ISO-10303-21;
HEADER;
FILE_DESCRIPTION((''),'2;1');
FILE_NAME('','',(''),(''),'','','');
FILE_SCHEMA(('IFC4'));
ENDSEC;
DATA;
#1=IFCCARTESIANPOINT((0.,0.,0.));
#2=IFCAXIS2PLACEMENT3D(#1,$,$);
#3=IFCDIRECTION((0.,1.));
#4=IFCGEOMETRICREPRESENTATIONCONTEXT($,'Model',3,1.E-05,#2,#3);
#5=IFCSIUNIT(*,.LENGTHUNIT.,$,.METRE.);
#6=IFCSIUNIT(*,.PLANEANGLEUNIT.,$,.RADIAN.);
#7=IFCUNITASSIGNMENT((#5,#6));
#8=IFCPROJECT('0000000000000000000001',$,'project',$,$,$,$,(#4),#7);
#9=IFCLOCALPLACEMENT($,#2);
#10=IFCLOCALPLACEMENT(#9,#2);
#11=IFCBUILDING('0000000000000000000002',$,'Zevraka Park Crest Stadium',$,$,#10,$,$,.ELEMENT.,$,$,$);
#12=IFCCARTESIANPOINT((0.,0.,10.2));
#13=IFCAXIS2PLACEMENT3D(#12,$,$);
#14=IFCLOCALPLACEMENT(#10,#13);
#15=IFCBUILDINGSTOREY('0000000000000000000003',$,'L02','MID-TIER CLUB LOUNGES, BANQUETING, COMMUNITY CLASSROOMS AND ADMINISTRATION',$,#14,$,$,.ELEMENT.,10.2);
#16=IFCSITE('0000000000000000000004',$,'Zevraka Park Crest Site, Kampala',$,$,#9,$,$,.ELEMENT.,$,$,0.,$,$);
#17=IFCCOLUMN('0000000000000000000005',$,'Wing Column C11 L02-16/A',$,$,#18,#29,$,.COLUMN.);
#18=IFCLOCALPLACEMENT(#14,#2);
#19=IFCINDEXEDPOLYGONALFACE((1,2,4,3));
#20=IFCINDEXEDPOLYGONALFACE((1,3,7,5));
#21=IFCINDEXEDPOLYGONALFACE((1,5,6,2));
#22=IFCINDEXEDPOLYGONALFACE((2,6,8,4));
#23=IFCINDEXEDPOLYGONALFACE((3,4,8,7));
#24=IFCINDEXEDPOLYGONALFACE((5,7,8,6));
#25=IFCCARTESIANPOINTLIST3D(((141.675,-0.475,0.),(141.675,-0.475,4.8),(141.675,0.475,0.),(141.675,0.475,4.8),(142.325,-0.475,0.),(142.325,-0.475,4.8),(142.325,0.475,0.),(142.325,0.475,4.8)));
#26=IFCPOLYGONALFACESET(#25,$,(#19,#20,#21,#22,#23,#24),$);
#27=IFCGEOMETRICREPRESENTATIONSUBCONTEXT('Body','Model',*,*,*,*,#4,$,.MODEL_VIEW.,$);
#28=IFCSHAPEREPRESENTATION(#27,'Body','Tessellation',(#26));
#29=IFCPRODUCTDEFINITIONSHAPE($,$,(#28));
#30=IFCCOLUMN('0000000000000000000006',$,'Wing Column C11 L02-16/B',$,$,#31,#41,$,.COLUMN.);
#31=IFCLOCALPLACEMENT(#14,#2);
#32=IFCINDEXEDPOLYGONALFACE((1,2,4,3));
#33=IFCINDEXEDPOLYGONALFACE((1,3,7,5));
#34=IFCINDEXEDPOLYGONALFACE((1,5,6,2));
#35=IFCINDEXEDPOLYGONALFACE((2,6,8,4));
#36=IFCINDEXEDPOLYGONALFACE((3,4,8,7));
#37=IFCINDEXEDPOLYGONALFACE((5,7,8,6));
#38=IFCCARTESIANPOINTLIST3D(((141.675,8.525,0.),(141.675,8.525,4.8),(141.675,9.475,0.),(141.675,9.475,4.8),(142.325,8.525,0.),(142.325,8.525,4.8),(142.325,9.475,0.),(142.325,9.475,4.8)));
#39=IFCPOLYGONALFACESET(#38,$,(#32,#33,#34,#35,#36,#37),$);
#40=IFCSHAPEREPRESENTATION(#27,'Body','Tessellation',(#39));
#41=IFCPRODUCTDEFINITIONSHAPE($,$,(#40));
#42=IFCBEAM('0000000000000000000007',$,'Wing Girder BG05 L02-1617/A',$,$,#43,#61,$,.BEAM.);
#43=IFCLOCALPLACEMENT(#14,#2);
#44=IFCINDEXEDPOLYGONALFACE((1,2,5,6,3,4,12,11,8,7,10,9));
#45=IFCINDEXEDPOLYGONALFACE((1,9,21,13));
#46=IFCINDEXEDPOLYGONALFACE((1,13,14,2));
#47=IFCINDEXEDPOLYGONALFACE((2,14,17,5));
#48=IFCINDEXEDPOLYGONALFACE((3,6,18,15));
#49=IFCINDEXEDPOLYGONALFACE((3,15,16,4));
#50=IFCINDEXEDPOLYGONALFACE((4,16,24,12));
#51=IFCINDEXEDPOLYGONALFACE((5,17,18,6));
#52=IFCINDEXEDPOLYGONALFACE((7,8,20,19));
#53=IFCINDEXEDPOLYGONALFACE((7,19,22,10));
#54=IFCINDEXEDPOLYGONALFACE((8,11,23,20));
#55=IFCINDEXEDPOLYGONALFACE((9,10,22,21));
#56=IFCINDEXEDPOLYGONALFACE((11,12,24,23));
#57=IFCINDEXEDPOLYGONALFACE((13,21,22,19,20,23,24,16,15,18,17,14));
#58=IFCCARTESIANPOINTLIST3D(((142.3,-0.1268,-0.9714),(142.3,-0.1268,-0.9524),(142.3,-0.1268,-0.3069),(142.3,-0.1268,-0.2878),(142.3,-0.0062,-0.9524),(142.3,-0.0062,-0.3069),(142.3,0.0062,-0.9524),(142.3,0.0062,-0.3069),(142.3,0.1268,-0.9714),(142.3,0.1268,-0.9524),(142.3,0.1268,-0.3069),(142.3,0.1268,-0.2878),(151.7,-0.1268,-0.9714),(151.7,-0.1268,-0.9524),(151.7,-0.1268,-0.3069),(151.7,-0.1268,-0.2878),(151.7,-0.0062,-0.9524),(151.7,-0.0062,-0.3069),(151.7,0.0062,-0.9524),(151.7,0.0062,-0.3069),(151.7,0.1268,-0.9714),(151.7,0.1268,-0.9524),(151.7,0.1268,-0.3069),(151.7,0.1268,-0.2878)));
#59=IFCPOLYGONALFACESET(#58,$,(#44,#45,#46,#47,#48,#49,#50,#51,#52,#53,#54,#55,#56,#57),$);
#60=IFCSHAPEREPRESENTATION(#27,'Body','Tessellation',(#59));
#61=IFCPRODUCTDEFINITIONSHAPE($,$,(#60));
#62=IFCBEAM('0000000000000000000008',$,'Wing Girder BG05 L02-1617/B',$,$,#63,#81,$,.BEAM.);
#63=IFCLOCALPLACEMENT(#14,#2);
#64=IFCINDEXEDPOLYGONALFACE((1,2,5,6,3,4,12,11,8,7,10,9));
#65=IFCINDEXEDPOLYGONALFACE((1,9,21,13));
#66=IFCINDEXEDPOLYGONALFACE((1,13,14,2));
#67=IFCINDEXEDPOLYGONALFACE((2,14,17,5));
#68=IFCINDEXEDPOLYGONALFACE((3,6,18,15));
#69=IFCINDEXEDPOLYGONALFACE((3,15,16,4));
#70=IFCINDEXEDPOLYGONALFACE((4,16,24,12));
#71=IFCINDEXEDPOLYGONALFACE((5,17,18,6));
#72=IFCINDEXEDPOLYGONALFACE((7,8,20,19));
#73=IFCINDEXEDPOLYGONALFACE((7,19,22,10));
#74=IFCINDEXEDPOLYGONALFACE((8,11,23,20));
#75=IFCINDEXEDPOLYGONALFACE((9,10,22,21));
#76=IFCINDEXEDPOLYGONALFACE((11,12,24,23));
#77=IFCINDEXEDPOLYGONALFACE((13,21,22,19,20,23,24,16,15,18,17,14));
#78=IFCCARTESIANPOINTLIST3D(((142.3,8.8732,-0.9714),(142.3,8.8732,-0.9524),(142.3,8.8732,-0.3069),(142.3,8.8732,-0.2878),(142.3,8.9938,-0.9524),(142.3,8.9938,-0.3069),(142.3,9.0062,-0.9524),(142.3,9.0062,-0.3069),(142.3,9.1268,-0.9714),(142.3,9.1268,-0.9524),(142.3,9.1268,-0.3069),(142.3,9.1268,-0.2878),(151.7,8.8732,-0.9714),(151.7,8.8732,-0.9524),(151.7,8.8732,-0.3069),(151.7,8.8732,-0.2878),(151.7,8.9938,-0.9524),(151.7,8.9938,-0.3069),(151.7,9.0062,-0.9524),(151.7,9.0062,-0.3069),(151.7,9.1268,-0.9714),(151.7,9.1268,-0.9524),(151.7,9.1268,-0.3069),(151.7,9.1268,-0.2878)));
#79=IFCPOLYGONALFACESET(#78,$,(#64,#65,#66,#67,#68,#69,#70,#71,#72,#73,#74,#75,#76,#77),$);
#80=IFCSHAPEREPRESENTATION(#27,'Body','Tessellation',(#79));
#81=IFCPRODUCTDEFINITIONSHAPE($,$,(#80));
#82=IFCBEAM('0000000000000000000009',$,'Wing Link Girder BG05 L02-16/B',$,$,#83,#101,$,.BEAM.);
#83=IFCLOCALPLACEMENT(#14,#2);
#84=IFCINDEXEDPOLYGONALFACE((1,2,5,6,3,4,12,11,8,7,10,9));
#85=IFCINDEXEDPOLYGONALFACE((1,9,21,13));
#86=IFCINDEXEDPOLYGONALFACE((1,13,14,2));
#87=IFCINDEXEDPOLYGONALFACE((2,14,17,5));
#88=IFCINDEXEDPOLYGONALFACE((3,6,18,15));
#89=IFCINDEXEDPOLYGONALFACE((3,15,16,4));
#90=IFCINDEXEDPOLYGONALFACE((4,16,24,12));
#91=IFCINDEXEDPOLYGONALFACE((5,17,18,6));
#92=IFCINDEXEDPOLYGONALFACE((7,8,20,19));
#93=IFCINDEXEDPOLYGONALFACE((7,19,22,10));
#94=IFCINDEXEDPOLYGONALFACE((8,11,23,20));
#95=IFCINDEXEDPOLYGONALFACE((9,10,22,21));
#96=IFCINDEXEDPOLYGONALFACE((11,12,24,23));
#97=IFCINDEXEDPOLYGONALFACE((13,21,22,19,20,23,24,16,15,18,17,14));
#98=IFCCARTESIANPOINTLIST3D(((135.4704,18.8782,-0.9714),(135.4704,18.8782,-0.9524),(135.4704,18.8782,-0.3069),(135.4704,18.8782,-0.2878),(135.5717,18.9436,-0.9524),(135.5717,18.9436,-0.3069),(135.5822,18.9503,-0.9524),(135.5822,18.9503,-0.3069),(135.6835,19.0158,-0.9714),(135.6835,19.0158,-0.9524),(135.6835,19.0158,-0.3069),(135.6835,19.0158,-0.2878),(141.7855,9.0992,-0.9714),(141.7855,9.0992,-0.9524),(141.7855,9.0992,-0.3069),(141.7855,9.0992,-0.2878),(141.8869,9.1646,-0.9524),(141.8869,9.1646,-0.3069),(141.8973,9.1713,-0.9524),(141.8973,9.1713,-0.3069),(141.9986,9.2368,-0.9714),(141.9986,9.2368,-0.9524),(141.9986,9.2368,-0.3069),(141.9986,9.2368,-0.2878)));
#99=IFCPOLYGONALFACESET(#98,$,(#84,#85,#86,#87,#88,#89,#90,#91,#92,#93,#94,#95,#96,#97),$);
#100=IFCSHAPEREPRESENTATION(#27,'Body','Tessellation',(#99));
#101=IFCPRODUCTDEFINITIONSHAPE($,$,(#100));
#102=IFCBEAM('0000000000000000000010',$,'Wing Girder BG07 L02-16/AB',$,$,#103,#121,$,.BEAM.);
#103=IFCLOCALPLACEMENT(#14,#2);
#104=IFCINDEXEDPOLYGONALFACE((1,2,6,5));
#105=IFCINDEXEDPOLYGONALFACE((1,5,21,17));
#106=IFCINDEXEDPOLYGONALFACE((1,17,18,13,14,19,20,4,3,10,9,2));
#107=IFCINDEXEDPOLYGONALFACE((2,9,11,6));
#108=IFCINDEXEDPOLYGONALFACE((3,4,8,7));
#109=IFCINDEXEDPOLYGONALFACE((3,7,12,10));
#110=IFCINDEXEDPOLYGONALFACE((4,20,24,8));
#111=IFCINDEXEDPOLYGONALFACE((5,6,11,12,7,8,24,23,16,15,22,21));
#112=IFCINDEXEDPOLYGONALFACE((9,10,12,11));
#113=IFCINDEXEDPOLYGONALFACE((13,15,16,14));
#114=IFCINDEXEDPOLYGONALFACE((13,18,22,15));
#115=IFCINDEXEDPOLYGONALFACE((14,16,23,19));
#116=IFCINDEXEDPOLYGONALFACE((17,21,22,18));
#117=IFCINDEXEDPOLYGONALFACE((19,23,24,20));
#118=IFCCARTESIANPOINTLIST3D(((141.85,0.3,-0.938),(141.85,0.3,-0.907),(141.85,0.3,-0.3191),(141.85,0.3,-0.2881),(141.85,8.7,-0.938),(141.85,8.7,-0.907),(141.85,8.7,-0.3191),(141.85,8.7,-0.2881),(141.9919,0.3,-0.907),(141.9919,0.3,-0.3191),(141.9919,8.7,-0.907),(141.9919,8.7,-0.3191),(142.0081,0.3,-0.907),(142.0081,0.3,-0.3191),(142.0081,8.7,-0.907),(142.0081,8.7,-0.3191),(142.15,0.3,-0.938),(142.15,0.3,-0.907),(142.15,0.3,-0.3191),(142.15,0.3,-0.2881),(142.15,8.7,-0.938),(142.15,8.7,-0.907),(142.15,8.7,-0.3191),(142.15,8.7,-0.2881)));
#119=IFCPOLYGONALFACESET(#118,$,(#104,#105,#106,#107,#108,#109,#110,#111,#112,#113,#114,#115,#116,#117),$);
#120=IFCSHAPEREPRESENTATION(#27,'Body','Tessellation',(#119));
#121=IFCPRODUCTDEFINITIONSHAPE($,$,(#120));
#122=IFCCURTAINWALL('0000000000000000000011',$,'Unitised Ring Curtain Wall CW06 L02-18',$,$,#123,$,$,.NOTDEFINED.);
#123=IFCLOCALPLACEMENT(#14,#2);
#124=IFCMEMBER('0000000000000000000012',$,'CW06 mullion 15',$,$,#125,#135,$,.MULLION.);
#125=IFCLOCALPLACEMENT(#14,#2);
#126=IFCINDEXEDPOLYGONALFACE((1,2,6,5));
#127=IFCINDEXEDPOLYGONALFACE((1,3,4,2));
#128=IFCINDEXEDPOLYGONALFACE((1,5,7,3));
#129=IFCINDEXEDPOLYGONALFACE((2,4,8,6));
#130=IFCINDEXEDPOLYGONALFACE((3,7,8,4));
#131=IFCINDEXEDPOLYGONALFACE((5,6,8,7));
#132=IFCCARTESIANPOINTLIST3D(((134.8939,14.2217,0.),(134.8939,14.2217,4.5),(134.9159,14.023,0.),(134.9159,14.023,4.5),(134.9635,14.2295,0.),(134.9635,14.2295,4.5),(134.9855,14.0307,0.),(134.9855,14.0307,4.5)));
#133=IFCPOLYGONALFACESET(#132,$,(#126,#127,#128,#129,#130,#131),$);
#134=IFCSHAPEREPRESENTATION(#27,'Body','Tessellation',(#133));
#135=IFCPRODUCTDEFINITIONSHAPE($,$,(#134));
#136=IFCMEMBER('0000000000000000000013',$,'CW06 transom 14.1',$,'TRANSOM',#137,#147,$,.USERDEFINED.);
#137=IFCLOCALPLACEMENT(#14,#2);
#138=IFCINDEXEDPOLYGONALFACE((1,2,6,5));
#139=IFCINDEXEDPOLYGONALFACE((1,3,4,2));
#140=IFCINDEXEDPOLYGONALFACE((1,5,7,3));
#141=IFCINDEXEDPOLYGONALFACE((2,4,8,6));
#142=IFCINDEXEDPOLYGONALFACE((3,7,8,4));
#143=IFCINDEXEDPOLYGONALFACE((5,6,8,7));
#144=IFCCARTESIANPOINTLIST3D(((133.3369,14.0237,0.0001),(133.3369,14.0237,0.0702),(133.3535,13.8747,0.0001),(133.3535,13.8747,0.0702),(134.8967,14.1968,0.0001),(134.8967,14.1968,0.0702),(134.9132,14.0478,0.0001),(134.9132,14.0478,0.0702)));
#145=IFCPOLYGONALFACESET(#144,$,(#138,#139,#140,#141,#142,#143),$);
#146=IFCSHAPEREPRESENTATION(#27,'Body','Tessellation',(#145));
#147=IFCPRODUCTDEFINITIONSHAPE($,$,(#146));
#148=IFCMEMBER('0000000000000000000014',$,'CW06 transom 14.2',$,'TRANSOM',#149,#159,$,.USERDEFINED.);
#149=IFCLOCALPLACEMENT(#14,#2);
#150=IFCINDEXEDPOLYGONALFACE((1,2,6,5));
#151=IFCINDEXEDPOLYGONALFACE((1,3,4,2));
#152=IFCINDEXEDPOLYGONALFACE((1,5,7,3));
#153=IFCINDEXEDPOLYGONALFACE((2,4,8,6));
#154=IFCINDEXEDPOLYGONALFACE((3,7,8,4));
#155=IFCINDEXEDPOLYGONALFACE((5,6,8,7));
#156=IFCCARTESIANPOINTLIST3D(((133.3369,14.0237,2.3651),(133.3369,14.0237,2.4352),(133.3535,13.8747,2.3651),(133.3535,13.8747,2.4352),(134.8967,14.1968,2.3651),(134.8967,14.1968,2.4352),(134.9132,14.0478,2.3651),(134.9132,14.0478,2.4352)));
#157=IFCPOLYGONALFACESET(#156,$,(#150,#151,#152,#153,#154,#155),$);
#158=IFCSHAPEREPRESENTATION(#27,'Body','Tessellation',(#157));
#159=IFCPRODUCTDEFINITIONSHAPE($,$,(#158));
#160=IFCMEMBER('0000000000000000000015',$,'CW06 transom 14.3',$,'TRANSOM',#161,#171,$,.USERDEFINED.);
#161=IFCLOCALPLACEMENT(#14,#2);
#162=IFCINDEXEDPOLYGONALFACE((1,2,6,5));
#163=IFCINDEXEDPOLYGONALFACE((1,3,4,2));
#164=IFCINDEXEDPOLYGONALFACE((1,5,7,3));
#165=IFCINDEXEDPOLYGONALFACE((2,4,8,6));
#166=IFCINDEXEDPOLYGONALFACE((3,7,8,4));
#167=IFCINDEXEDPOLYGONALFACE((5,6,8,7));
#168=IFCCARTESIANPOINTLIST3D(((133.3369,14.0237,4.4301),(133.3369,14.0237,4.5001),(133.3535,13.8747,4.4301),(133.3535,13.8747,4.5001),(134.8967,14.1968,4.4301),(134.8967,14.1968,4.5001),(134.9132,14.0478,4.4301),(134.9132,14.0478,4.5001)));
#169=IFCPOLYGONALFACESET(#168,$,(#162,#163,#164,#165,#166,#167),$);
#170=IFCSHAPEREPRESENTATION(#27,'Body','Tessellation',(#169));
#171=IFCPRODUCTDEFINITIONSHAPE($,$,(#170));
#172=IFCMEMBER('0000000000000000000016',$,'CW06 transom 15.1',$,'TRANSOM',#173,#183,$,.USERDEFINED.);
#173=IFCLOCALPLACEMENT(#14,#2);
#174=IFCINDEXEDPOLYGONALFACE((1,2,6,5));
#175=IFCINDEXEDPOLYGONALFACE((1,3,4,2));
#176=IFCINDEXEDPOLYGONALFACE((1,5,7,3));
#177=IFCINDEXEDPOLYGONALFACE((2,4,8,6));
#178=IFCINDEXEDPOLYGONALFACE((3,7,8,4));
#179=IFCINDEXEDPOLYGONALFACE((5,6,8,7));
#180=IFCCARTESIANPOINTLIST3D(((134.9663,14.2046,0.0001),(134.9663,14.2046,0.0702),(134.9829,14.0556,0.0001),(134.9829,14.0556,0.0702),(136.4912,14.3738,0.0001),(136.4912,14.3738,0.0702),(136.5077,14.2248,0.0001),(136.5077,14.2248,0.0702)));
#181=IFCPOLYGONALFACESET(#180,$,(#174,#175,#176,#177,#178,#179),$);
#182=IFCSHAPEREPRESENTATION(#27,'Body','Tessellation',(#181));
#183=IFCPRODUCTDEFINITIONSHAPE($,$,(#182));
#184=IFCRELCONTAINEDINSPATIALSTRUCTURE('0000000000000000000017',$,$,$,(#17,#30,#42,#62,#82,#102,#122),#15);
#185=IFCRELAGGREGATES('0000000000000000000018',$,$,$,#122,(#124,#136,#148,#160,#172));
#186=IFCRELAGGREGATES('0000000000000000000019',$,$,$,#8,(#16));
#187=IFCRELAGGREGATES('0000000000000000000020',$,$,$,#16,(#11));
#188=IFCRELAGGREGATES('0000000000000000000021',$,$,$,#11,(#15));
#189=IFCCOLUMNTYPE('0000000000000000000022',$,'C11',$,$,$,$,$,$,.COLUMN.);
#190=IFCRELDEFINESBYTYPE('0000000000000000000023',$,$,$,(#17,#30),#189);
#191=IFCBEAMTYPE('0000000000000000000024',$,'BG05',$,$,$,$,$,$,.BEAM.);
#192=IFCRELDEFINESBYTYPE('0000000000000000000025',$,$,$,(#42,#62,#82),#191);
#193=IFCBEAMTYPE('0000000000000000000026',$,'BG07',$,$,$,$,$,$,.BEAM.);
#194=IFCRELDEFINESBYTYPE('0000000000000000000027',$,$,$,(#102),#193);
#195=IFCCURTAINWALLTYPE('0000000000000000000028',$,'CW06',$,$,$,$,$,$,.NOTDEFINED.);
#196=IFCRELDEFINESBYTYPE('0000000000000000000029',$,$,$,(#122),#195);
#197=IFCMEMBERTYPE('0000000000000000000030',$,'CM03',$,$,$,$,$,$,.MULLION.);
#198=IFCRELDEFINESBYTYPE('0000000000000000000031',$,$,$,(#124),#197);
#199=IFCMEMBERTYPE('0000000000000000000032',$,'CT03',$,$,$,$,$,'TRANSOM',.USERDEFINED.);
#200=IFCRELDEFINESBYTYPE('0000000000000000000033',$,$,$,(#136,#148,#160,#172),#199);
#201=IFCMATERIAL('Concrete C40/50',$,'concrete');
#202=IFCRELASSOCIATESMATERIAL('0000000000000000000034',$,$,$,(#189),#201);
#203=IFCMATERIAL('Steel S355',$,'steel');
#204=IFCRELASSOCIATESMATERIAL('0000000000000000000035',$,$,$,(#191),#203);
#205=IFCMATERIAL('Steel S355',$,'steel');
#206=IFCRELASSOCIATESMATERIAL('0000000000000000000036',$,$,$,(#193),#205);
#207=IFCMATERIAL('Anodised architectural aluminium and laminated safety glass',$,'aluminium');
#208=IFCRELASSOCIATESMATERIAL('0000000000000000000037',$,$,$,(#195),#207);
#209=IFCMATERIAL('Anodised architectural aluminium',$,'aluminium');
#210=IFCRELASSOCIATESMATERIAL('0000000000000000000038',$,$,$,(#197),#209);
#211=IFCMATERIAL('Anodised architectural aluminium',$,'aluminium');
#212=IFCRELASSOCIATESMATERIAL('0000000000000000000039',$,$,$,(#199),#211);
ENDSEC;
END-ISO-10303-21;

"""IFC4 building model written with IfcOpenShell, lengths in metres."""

from ifc_helpers import new_model, si_unit, direction, frame, origin, origin_2d, place, context, subcontext, project, spatial, rectangle, i_section, extrude, material, material_profile, profile_set, type_object, element, aggregate, save


model = new_model("IFC4")

# Units and contexts
model_context = context("Model", 3, precision=1e-05, world=origin(), true_north=direction((0.0, 1.0)))
body_context = subcontext(model_context, "Body", "Model", "MODEL_VIEW")
ifc_project = project(units=[si_unit("LENGTHUNIT", "METRE"), si_unit("PLANEANGLEUNIT", "RADIAN")], contexts=[model_context])

# Site, building, storey
site_placement = place(None, origin())
site = spatial("IfcSite", under=ifc_project, at=site_placement, Name="Zevraka Park Crest Site, Kampala", CompositionType="ELEMENT", RefElevation=0.0)
building_placement = place(site_placement, origin())
building = spatial("IfcBuilding", under=site, at=building_placement, Name="Zevraka Park Crest Stadium", CompositionType="ELEMENT")
storey_placement = place(building_placement, frame((0.0, 0.0, 10.2)))
storey = spatial("IfcBuildingStorey", under=building, at=storey_placement, Name="L02", Description="MID-TIER CLUB LOUNGES, BANQUETING, COMMUNITY CLASSROOMS AND ADMINISTRATION", CompositionType="ELEMENT", Elevation=10.2)

# Columns
ifc_material_1 = material(Name="Concrete C40/50", Category="concrete")
ifc_material_profile_1 = material_profile(ifc_material_1, rectangle(XDim=0.6499, YDim=0.95, at=origin_2d()), Name="RC 950x650")
ifc_profile_set_1 = profile_set([ifc_material_profile_1], Name="Concrete C40/50")
column_type = type_object("IfcColumnType", Name="C11", PredefinedType="COLUMN", material=ifc_profile_set_1)
for number, where, z_axis, x_axis, name in (
    (1, (142.0, 0.0, 0.0), (0.0, 0.0, 1.0), (1.0, 0.0, 0.0), "Wing Column C11 L02-16/A"),
    (2, (142.0, 9.0, 0.0), (0.0, 0.0, 1.0), (1.0, 0.0, 0.0), "Wing Column C11 L02-16/B"),
):
    element("IfcColumn", number, at=place(storey_placement, frame(where, z_axis=z_axis, x_axis=x_axis)), inside=storey, type_object=column_type, Name=name, PredefinedType="COLUMN", context=body_context, shape_type="SweptSolid", body=[
        extrude(rectangle(XDim=0.6499, YDim=0.95, at=origin_2d()), origin(), (0.0, 0.0, 1.0), 4.8),
    ])

# Beams
ifc_material_2 = material(Name="Steel S355", Category="steel")
ifc_material_profile_2 = material_profile(ifc_material_2, i_section(OverallWidth=0.2537, OverallDepth=0.6836, WebThickness=0.0125, FlangeThickness=0.019, at=origin_2d()), Name="UKB 686x254x140")
ifc_profile_set_2 = profile_set([ifc_material_profile_2], Name="Steel S355")
beam_type_1 = type_object("IfcBeamType", Name="BG05", PredefinedType="BEAM", material=ifc_profile_set_2)
for number, where, z_axis, x_axis, name in (
    (3, (142.3, 0.0, -0.6296), (1.0, 0.0, 0.0), (0.0, 1.0, 0.0), "Wing Girder BG05 L02-1617/A"),
    (4, (142.3, 9.0, -0.6296), (1.0, 0.0, 0.0), (0.0, 1.0, 0.0), "Wing Girder BG05 L02-1617/B"),
):
    element("IfcBeam", number, at=place(storey_placement, frame(where, z_axis=z_axis, x_axis=x_axis)), inside=storey, type_object=beam_type_1, Name=name, PredefinedType="BEAM", context=body_context, shape_type="SweptSolid", body=[
        extrude(i_section(OverallWidth=0.2537, OverallDepth=0.6836, WebThickness=0.0125, FlangeThickness=0.019, at=origin_2d()), origin(), (0.0, 0.0, 1.0), 9.3999),
    ])
beam_1_placement = place(storey_placement, frame((141.8921, 9.168, -0.6296), z_axis=(-0.542498, 0.840057, 0.0), x_axis=(-0.840057, -0.542498, 0.0)))
element("IfcBeam", 5, at=beam_1_placement, inside=storey, type_object=beam_type_1, Name="Wing Link Girder BG05 L02-16/B", PredefinedType="BEAM", context=body_context, shape_type="SweptSolid", body=[
    extrude(i_section(OverallWidth=0.2537, OverallDepth=0.6836, WebThickness=0.0125, FlangeThickness=0.019, at=origin_2d()), origin(), (0.0, 0.0, 1.0), 11.6409),
])
ifc_material_3 = material(Name="Steel S355", Category="steel")
ifc_material_profile_3 = material_profile(ifc_material_3, i_section(OverallWidth=0.3, OverallDepth=0.6499, WebThickness=0.0161, FlangeThickness=0.031, at=origin_2d()), Name="HEB 650")
ifc_profile_set_3 = profile_set([ifc_material_profile_3], Name="Steel S355")
beam_type_2 = type_object("IfcBeamType", Name="BG07", PredefinedType="BEAM", material=ifc_profile_set_3)
beam_2_placement = place(storey_placement, frame((142.0, 0.3, -0.613), z_axis=(0.0, 1.0, 0.0), x_axis=(-1.0, 0.0, 0.0)))
element("IfcBeam", 6, at=beam_2_placement, inside=storey, type_object=beam_type_2, Name="Wing Girder BG07 L02-16/AB", PredefinedType="BEAM", context=body_context, shape_type="SweptSolid", body=[
    extrude(i_section(OverallWidth=0.3, OverallDepth=0.6499, WebThickness=0.0161, FlangeThickness=0.031, at=origin_2d()), origin(), (0.0, 0.0, 1.0), 8.3999),
])

# Curtain wall, members
ifc_material_4 = material(Name="Anodised architectural aluminium and laminated safety glass", Category="aluminium")
curtain_wall_type = type_object("IfcCurtainWallType", Name="CW06", PredefinedType="NOTDEFINED", material=ifc_material_4)
curtain_wall_placement = place(storey_placement, origin())
curtain_wall = element("IfcCurtainWall", 7, at=curtain_wall_placement, inside=storey, type_object=curtain_wall_type, Name="Unitised Ring Curtain Wall CW06 L02-18", PredefinedType="NOTDEFINED")
ifc_material_5 = material(Name="Anodised architectural aluminium", Category="aluminium")
ifc_material_profile_4 = material_profile(ifc_material_5, rectangle(XDim=0.2, YDim=0.0701, at=origin_2d()), Name="ALU MULLION 200x70")
ifc_profile_set_4 = profile_set([ifc_material_profile_4], Name="Anodised architectural aluminium")
member_type_1 = type_object("IfcMemberType", Name="CM03", PredefinedType="MULLION", material=ifc_profile_set_4)
member_1_placement = place(storey_placement, frame((134.9397, 14.1262, 0.0), z_axis=(0.0, 0.0, 1.0), x_axis=(-0.110293, 0.993899, 0.0)))
member_1 = element("IfcMember", 8, at=member_1_placement, type_object=member_type_1, Name="CW06 mullion 15", PredefinedType="MULLION", context=body_context, shape_type="SweptSolid", body=[
    extrude(rectangle(XDim=0.2, YDim=0.0701, at=origin_2d()), origin(), (0.0, 0.0, 1.0), 4.5),
])
ifc_material_6 = material(Name="Anodised architectural aluminium", Category="aluminium")
ifc_material_profile_5 = material_profile(ifc_material_6, rectangle(XDim=0.1499, YDim=0.0701, at=origin_2d()), Name="ALU TRANSOM 150x70")
ifc_profile_set_5 = profile_set([ifc_material_profile_5], Name="Anodised architectural aluminium")
member_type_2 = type_object("IfcMemberType", Name="CT03", ElementType="TRANSOM", PredefinedType="USERDEFINED", material=ifc_profile_set_5)
member_2_placement = place(storey_placement, frame((133.3452, 13.9492, 0.0352), z_axis=(0.993899, 0.110295, 0.0), x_axis=(-0.110295, 0.993899, 0.0)))
member_2 = element("IfcMember", 9, at=member_2_placement, type_object=member_type_2, Name="CW06 transom 14.1", ObjectType="TRANSOM", PredefinedType="USERDEFINED", context=body_context, shape_type="SweptSolid", body=[
    extrude(rectangle(XDim=0.1499, YDim=0.0701, at=origin_2d()), origin(), (0.0, 0.0, 1.0), 1.5693),
])
member_3_placement = place(storey_placement, frame((133.3452, 13.9492, 2.4001), z_axis=(0.993899, 0.110295, 0.0), x_axis=(-0.110295, 0.993899, 0.0)))
member_3 = element("IfcMember", 10, at=member_3_placement, type_object=member_type_2, Name="CW06 transom 14.2", ObjectType="TRANSOM", PredefinedType="USERDEFINED", context=body_context, shape_type="SweptSolid", body=[
    extrude(rectangle(XDim=0.1499, YDim=0.0701, at=origin_2d()), origin(), (0.0, 0.0, 1.0), 1.5693),
])
member_4_placement = place(storey_placement, frame((133.3452, 13.9492, 4.4651), z_axis=(0.993899, 0.110295, 0.0), x_axis=(-0.110295, 0.993899, 0.0)))
member_4 = element("IfcMember", 11, at=member_4_placement, type_object=member_type_2, Name="CW06 transom 14.3", ObjectType="TRANSOM", PredefinedType="USERDEFINED", context=body_context, shape_type="SweptSolid", body=[
    extrude(rectangle(XDim=0.1499, YDim=0.0701, at=origin_2d()), origin(), (0.0, 0.0, 1.0), 1.5693),
])
member_5_placement = place(storey_placement, frame((134.9746, 14.1301, 0.0352), z_axis=(0.993901, 0.110274, 0.0), x_axis=(-0.110274, 0.993901, 0.0)))
member_5 = element("IfcMember", 12, at=member_5_placement, type_object=member_type_2, Name="CW06 transom 15.1", ObjectType="TRANSOM", PredefinedType="USERDEFINED", context=body_context, shape_type="SweptSolid", body=[
    extrude(rectangle(XDim=0.1499, YDim=0.0701, at=origin_2d()), origin(), (0.0, 0.0, 1.0), 1.5342),
])

aggregate(curtain_wall, [member_1, member_2, member_3, member_4, member_5])

save(model, "model.ifc")
